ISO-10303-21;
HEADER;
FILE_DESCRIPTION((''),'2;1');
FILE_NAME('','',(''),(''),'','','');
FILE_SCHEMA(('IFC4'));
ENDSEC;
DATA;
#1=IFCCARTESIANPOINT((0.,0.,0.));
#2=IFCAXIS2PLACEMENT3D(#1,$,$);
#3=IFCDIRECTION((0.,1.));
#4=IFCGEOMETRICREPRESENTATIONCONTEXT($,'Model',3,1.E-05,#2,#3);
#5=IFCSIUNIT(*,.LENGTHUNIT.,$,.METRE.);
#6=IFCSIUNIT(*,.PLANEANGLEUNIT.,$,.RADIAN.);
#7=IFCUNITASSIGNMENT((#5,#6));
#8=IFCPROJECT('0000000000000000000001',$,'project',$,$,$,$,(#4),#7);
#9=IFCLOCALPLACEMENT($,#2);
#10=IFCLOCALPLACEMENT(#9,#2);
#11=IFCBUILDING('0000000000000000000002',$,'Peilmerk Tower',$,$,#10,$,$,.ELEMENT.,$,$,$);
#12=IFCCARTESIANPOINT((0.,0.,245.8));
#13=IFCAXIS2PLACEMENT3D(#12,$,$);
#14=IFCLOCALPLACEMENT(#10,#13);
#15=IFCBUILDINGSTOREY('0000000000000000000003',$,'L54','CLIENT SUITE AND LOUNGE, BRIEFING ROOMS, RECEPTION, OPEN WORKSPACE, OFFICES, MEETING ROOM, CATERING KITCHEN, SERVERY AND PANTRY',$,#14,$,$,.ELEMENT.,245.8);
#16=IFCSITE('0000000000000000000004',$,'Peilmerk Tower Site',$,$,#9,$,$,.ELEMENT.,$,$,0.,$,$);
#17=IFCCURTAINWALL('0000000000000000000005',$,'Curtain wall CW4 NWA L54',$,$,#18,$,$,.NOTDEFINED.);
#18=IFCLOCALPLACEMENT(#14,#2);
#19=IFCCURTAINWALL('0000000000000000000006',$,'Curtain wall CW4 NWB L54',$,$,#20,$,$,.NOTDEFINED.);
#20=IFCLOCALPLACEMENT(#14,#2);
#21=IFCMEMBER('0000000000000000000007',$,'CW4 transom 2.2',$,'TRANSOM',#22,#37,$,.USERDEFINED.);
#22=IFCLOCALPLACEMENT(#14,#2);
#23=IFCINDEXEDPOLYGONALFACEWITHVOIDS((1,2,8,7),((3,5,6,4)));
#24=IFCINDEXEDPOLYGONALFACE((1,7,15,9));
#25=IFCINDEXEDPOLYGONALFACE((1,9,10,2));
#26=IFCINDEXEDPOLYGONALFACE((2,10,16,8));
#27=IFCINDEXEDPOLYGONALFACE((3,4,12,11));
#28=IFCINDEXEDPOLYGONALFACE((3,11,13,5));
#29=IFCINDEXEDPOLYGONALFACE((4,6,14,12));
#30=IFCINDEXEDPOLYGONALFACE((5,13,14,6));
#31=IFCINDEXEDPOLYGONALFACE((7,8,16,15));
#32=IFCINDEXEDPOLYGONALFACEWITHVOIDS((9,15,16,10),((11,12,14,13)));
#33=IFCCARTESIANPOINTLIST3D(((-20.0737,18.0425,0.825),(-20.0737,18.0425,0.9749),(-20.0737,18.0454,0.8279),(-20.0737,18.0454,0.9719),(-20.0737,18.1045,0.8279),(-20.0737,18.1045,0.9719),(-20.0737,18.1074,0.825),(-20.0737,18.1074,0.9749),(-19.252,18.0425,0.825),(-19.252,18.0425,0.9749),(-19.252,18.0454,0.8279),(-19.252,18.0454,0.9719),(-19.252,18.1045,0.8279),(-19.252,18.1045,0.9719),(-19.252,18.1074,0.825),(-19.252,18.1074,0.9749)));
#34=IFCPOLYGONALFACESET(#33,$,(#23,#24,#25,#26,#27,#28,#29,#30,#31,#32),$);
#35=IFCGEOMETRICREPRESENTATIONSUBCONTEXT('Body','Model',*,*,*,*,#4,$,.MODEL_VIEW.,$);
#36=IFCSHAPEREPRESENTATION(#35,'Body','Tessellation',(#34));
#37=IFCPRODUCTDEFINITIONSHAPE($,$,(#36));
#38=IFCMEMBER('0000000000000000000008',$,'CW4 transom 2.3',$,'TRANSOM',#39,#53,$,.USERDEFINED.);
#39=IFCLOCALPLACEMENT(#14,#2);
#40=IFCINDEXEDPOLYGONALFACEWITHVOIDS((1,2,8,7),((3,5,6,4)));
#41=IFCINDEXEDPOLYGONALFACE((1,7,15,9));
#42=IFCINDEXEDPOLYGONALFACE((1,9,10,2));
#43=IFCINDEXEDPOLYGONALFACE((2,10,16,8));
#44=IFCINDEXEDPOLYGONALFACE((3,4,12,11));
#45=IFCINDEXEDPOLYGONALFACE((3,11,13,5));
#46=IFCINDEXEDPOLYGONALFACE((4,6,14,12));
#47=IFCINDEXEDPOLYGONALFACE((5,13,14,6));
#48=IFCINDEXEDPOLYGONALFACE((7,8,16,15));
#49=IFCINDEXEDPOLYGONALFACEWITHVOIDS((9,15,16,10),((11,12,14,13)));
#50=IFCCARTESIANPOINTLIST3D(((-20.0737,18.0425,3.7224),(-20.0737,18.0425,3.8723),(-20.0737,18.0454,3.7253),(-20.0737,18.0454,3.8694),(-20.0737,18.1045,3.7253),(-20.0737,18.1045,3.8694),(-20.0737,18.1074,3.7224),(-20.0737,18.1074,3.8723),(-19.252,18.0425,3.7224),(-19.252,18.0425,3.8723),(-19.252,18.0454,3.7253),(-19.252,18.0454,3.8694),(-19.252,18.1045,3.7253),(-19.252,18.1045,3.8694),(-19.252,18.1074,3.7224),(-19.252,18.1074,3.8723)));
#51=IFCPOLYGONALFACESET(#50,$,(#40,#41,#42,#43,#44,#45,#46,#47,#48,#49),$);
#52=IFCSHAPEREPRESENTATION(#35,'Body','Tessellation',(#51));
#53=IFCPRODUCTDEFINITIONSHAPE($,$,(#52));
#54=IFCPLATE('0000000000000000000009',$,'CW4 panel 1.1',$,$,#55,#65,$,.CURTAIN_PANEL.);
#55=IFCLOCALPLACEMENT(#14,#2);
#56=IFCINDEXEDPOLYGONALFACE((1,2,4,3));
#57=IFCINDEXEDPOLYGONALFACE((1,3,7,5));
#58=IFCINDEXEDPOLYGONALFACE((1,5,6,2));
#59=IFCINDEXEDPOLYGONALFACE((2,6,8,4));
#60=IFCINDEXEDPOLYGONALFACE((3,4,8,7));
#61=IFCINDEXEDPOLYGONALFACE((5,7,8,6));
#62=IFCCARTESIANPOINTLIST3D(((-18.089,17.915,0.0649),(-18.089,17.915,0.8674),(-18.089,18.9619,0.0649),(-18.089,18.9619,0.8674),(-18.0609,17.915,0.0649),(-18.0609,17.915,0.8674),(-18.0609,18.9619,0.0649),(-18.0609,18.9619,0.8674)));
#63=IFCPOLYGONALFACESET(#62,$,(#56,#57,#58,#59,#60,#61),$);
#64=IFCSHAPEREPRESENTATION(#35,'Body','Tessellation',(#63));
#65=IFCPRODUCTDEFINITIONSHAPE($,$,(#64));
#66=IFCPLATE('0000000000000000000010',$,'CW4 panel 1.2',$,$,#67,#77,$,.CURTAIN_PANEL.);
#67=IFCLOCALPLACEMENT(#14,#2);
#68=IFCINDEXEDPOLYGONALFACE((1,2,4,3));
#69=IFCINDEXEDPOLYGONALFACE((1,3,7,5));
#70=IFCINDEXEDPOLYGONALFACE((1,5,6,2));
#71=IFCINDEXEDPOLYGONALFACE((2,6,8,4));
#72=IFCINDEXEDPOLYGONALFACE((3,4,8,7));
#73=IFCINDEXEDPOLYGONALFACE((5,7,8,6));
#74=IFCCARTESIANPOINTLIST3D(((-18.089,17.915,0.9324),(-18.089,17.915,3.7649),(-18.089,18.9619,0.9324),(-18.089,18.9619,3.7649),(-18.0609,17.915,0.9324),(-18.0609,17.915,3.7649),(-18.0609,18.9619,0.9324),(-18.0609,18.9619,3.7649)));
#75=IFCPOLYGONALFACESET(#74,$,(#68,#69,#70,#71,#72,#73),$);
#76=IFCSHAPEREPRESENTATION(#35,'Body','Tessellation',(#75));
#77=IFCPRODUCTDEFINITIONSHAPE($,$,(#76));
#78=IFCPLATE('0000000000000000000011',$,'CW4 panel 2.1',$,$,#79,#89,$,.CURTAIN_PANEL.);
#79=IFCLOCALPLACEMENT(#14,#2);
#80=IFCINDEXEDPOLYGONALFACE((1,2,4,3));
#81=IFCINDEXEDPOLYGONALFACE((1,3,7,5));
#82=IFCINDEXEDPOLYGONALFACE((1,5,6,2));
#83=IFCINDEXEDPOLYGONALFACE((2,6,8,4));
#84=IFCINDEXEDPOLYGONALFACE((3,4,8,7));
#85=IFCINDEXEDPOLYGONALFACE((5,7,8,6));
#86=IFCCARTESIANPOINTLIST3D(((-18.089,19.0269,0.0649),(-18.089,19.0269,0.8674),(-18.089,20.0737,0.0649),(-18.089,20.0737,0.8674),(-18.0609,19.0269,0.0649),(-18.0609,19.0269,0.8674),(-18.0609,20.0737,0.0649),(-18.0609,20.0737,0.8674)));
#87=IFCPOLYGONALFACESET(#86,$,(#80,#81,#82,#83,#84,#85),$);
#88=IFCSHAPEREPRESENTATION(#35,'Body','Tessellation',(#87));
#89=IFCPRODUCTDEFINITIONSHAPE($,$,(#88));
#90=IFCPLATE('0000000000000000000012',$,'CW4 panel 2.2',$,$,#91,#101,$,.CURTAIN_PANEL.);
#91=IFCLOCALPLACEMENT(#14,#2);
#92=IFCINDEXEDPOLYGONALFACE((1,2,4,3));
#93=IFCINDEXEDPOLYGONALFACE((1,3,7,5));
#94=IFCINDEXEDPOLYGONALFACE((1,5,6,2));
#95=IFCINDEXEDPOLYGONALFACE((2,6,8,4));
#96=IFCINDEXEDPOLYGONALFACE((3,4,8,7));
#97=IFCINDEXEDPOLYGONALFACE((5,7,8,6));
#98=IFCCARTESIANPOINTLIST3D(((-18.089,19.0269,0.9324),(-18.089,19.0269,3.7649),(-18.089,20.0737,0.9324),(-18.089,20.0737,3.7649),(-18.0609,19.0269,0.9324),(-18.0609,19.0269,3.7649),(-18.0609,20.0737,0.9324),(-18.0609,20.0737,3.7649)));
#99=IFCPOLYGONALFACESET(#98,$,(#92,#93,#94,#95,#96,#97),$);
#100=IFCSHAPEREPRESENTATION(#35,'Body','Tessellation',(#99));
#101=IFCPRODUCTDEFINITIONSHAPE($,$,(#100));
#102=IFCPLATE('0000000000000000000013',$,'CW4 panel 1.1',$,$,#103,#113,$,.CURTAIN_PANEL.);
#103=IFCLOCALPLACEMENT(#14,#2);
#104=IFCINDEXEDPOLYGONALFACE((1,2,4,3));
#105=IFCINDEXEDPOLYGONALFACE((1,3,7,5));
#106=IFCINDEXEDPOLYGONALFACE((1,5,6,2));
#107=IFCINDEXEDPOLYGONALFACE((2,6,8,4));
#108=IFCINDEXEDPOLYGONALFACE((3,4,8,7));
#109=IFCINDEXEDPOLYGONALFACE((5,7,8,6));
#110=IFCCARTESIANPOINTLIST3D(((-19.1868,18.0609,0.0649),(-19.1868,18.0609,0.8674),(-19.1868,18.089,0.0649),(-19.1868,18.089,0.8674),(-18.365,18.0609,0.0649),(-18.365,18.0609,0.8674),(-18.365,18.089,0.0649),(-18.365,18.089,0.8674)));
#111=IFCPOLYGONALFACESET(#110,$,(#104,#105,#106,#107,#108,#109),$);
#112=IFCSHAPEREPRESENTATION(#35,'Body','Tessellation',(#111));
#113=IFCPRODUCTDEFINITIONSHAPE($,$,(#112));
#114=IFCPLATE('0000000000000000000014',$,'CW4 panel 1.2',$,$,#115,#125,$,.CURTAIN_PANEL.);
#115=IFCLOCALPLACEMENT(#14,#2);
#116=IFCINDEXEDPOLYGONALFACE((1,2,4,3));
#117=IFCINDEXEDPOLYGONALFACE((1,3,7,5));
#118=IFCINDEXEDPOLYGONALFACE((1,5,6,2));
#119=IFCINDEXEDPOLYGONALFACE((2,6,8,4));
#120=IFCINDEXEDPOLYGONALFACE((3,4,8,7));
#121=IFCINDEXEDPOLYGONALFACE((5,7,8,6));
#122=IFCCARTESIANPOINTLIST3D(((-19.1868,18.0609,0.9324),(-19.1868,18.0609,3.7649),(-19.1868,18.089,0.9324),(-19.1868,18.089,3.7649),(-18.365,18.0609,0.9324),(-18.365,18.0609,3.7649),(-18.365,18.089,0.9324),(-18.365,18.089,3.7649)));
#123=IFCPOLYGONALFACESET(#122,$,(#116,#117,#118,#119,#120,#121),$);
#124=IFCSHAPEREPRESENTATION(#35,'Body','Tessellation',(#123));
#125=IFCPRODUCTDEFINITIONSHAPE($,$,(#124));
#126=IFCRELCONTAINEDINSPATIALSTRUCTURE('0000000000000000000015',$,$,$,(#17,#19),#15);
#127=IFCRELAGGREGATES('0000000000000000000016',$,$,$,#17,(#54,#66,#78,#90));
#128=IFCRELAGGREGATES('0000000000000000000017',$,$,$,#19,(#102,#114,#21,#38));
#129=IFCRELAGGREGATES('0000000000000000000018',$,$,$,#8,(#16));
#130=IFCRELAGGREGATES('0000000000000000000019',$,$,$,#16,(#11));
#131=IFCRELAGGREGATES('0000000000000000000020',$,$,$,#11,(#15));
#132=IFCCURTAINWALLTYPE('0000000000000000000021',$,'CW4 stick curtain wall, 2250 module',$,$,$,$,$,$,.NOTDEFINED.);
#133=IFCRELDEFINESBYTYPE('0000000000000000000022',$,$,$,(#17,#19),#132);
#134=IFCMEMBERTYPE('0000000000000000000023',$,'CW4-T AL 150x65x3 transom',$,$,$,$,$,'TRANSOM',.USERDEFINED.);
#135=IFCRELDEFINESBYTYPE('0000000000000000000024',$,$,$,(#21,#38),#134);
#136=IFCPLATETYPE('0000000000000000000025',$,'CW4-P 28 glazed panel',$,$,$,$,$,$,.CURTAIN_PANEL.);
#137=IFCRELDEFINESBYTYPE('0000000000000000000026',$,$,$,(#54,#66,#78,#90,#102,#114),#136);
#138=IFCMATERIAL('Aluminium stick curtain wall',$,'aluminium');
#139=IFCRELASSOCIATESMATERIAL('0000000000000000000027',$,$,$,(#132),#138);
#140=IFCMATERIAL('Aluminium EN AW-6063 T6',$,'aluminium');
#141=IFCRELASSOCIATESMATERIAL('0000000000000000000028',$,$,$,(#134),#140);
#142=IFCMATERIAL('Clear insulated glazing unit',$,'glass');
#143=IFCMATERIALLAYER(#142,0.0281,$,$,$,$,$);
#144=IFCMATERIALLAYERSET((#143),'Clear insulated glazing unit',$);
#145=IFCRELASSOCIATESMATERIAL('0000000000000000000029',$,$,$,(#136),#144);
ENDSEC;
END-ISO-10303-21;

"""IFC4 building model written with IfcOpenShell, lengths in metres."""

from ifc_helpers import new_model, si_unit, direction, frame, origin, origin_2d, place, context, subcontext, project, spatial, rectangle, hollow_rectangle, extrude, material, layer, layer_set, material_profile, profile_set, type_object, element, aggregate, save


model = new_model("IFC4")

# Units and contexts
model_context = context("Model", 3, precision=1e-05, world=origin(), true_north=direction((0.0, 1.0)))
body_context = subcontext(model_context, "Body", "Model", "MODEL_VIEW")
ifc_project = project(units=[si_unit("LENGTHUNIT", "METRE"), si_unit("PLANEANGLEUNIT", "RADIAN")], contexts=[model_context])

# Site, building, storey
site_placement = place(None, origin())
site = spatial("IfcSite", under=ifc_project, at=site_placement, Name="Peilmerk Tower Site", CompositionType="ELEMENT", RefElevation=0.0)
building_placement = place(site_placement, origin())
building = spatial("IfcBuilding", under=site, at=building_placement, Name="Peilmerk Tower", CompositionType="ELEMENT")
storey_placement = place(building_placement, frame((0.0, 0.0, 245.8)))
storey = spatial("IfcBuildingStorey", under=building, at=storey_placement, Name="L54", Description="CLIENT SUITE AND LOUNGE, BRIEFING ROOMS, RECEPTION, OPEN WORKSPACE, OFFICES, MEETING ROOM, CATERING KITCHEN, SERVERY AND PANTRY", CompositionType="ELEMENT", Elevation=245.8)

# Curtain walls
ifc_material_1 = material(Name="Aluminium stick curtain wall", Category="aluminium")
curtain_wall_type = type_object("IfcCurtainWallType", Name="CW4 stick curtain wall, 2250 module", PredefinedType="NOTDEFINED", material=ifc_material_1)
curtain_wall_1_placement = place(storey_placement, origin())
curtain_wall_1 = element("IfcCurtainWall", 1, at=curtain_wall_1_placement, inside=storey, type_object=curtain_wall_type, Name="Curtain wall CW4 NWA L54", PredefinedType="NOTDEFINED")
ifc_material_2 = material(Name="Aluminium EN AW-6063 T6", Category="aluminium")
curtain_wall_2_placement = place(storey_placement, origin())
curtain_wall_2 = element("IfcCurtainWall", 2, at=curtain_wall_2_placement, inside=storey, type_object=curtain_wall_type, Name="Curtain wall CW4 NWB L54", PredefinedType="NOTDEFINED")

# Members
ifc_material_profile_1 = material_profile(ifc_material_2, hollow_rectangle(XDim=0.0649, YDim=0.1499, WallThickness=0.0029, at=origin_2d()), Name="AL 150x65x3")
ifc_profile_set_1 = profile_set([ifc_material_profile_1], Name="Aluminium EN AW-6063 T6")
member_type_1 = type_object("IfcMemberType", Name="CW4-T AL 150x65x3 transom", ElementType="TRANSOM", PredefinedType="USERDEFINED", material=ifc_profile_set_1)
member_1_placement = place(storey_placement, frame((-19.252, 18.075, 0.8999), z_axis=(-1.0, 0.0, 0.0), x_axis=(0.0, -1.0, 0.0)))
member_1 = element("IfcMember", 3, at=member_1_placement, type_object=member_type_1, Name="CW4 transom 2.2", ObjectType="TRANSOM", PredefinedType="USERDEFINED", context=body_context, shape_type="SweptSolid", body=[
    extrude(hollow_rectangle(XDim=0.0649, YDim=0.1499, WallThickness=0.0029, at=origin_2d()), origin(), (0.0, 0.0, 1.0), 0.8218),
])
member_2_placement = place(storey_placement, frame((-19.252, 18.075, 3.7974), z_axis=(-1.0, 0.0, 0.0), x_axis=(0.0, -1.0, 0.0)))
member_2 = element("IfcMember", 4, at=member_2_placement, type_object=member_type_1, Name="CW4 transom 2.3", ObjectType="TRANSOM", PredefinedType="USERDEFINED", context=body_context, shape_type="SweptSolid", body=[
    extrude(hollow_rectangle(XDim=0.0649, YDim=0.1499, WallThickness=0.0029, at=origin_2d()), origin(), (0.0, 0.0, 1.0), 0.8218),
])

# Plates
ifc_material_3 = material(Name="Clear insulated glazing unit", Category="glass")
ifc_layer_1 = layer(ifc_material_3, 0.0281)
ifc_layer_set_1 = layer_set([ifc_layer_1], Name="Clear insulated glazing unit")
plate_type = type_object("IfcPlateType", Name="CW4-P 28 glazed panel", PredefinedType="CURTAIN_PANEL", material=ifc_layer_set_1)
plate_1_placement = place(storey_placement, frame((-18.075, 18.4385, 0.0649), z_axis=(0.0, 0.0, 1.0), x_axis=(0.0, 1.0, 0.0)))
plate_1 = element("IfcPlate", 5, at=plate_1_placement, type_object=plate_type, Name="CW4 panel 1.1", PredefinedType="CURTAIN_PANEL", context=body_context, shape_type="SweptSolid", body=[
    extrude(rectangle(XDim=1.0469, YDim=0.0281, at=origin_2d()), origin(), (0.0, 0.0, 1.0), 0.8025),
])
plate_2_placement = place(storey_placement, frame((-18.075, 18.4385, 0.9324), z_axis=(0.0, 0.0, 1.0), x_axis=(0.0, 1.0, 0.0)))
plate_2 = element("IfcPlate", 6, at=plate_2_placement, type_object=plate_type, Name="CW4 panel 1.2", PredefinedType="CURTAIN_PANEL", context=body_context, shape_type="SweptSolid", body=[
    extrude(rectangle(XDim=1.0469, YDim=0.0281, at=origin_2d()), origin(), (0.0, 0.0, 1.0), 2.8325),
])
plate_3_placement = place(storey_placement, frame((-18.075, 19.5503, 0.0649), z_axis=(0.0, 0.0, 1.0), x_axis=(0.0, 1.0, 0.0)))
plate_3 = element("IfcPlate", 7, at=plate_3_placement, type_object=plate_type, Name="CW4 panel 2.1", PredefinedType="CURTAIN_PANEL", context=body_context, shape_type="SweptSolid", body=[
    extrude(rectangle(XDim=1.0469, YDim=0.0281, at=origin_2d()), origin(), (0.0, 0.0, 1.0), 0.8025),
])
plate_4_placement = place(storey_placement, frame((-18.075, 19.5503, 0.9324), z_axis=(0.0, 0.0, 1.0), x_axis=(0.0, 1.0, 0.0)))
plate_4 = element("IfcPlate", 8, at=plate_4_placement, type_object=plate_type, Name="CW4 panel 2.2", PredefinedType="CURTAIN_PANEL", context=body_context, shape_type="SweptSolid", body=[
    extrude(rectangle(XDim=1.0469, YDim=0.0281, at=origin_2d()), origin(), (0.0, 0.0, 1.0), 2.8325),
])
aggregate(curtain_wall_1, [plate_1, plate_2, plate_3, plate_4])
plate_5_placement = place(storey_placement, frame((-18.7759, 18.075, 0.0649), z_axis=(0.0, 0.0, 1.0), x_axis=(-1.0, 0.0, 0.0)))
plate_5 = element("IfcPlate", 9, at=plate_5_placement, type_object=plate_type, Name="CW4 panel 1.1", PredefinedType="CURTAIN_PANEL", context=body_context, shape_type="SweptSolid", body=[
    extrude(rectangle(XDim=0.8218, YDim=0.0281, at=origin_2d()), origin(), (0.0, 0.0, 1.0), 0.8025),
])
plate_6_placement = place(storey_placement, frame((-18.7759, 18.075, 0.9324), z_axis=(0.0, 0.0, 1.0), x_axis=(-1.0, 0.0, 0.0)))
plate_6 = element("IfcPlate", 10, at=plate_6_placement, type_object=plate_type, Name="CW4 panel 1.2", PredefinedType="CURTAIN_PANEL", context=body_context, shape_type="SweptSolid", body=[
    extrude(rectangle(XDim=0.8218, YDim=0.0281, at=origin_2d()), origin(), (0.0, 0.0, 1.0), 2.8325),
])
aggregate(curtain_wall_2, [plate_5, plate_6, member_1, member_2])

save(model, "model.ifc")
